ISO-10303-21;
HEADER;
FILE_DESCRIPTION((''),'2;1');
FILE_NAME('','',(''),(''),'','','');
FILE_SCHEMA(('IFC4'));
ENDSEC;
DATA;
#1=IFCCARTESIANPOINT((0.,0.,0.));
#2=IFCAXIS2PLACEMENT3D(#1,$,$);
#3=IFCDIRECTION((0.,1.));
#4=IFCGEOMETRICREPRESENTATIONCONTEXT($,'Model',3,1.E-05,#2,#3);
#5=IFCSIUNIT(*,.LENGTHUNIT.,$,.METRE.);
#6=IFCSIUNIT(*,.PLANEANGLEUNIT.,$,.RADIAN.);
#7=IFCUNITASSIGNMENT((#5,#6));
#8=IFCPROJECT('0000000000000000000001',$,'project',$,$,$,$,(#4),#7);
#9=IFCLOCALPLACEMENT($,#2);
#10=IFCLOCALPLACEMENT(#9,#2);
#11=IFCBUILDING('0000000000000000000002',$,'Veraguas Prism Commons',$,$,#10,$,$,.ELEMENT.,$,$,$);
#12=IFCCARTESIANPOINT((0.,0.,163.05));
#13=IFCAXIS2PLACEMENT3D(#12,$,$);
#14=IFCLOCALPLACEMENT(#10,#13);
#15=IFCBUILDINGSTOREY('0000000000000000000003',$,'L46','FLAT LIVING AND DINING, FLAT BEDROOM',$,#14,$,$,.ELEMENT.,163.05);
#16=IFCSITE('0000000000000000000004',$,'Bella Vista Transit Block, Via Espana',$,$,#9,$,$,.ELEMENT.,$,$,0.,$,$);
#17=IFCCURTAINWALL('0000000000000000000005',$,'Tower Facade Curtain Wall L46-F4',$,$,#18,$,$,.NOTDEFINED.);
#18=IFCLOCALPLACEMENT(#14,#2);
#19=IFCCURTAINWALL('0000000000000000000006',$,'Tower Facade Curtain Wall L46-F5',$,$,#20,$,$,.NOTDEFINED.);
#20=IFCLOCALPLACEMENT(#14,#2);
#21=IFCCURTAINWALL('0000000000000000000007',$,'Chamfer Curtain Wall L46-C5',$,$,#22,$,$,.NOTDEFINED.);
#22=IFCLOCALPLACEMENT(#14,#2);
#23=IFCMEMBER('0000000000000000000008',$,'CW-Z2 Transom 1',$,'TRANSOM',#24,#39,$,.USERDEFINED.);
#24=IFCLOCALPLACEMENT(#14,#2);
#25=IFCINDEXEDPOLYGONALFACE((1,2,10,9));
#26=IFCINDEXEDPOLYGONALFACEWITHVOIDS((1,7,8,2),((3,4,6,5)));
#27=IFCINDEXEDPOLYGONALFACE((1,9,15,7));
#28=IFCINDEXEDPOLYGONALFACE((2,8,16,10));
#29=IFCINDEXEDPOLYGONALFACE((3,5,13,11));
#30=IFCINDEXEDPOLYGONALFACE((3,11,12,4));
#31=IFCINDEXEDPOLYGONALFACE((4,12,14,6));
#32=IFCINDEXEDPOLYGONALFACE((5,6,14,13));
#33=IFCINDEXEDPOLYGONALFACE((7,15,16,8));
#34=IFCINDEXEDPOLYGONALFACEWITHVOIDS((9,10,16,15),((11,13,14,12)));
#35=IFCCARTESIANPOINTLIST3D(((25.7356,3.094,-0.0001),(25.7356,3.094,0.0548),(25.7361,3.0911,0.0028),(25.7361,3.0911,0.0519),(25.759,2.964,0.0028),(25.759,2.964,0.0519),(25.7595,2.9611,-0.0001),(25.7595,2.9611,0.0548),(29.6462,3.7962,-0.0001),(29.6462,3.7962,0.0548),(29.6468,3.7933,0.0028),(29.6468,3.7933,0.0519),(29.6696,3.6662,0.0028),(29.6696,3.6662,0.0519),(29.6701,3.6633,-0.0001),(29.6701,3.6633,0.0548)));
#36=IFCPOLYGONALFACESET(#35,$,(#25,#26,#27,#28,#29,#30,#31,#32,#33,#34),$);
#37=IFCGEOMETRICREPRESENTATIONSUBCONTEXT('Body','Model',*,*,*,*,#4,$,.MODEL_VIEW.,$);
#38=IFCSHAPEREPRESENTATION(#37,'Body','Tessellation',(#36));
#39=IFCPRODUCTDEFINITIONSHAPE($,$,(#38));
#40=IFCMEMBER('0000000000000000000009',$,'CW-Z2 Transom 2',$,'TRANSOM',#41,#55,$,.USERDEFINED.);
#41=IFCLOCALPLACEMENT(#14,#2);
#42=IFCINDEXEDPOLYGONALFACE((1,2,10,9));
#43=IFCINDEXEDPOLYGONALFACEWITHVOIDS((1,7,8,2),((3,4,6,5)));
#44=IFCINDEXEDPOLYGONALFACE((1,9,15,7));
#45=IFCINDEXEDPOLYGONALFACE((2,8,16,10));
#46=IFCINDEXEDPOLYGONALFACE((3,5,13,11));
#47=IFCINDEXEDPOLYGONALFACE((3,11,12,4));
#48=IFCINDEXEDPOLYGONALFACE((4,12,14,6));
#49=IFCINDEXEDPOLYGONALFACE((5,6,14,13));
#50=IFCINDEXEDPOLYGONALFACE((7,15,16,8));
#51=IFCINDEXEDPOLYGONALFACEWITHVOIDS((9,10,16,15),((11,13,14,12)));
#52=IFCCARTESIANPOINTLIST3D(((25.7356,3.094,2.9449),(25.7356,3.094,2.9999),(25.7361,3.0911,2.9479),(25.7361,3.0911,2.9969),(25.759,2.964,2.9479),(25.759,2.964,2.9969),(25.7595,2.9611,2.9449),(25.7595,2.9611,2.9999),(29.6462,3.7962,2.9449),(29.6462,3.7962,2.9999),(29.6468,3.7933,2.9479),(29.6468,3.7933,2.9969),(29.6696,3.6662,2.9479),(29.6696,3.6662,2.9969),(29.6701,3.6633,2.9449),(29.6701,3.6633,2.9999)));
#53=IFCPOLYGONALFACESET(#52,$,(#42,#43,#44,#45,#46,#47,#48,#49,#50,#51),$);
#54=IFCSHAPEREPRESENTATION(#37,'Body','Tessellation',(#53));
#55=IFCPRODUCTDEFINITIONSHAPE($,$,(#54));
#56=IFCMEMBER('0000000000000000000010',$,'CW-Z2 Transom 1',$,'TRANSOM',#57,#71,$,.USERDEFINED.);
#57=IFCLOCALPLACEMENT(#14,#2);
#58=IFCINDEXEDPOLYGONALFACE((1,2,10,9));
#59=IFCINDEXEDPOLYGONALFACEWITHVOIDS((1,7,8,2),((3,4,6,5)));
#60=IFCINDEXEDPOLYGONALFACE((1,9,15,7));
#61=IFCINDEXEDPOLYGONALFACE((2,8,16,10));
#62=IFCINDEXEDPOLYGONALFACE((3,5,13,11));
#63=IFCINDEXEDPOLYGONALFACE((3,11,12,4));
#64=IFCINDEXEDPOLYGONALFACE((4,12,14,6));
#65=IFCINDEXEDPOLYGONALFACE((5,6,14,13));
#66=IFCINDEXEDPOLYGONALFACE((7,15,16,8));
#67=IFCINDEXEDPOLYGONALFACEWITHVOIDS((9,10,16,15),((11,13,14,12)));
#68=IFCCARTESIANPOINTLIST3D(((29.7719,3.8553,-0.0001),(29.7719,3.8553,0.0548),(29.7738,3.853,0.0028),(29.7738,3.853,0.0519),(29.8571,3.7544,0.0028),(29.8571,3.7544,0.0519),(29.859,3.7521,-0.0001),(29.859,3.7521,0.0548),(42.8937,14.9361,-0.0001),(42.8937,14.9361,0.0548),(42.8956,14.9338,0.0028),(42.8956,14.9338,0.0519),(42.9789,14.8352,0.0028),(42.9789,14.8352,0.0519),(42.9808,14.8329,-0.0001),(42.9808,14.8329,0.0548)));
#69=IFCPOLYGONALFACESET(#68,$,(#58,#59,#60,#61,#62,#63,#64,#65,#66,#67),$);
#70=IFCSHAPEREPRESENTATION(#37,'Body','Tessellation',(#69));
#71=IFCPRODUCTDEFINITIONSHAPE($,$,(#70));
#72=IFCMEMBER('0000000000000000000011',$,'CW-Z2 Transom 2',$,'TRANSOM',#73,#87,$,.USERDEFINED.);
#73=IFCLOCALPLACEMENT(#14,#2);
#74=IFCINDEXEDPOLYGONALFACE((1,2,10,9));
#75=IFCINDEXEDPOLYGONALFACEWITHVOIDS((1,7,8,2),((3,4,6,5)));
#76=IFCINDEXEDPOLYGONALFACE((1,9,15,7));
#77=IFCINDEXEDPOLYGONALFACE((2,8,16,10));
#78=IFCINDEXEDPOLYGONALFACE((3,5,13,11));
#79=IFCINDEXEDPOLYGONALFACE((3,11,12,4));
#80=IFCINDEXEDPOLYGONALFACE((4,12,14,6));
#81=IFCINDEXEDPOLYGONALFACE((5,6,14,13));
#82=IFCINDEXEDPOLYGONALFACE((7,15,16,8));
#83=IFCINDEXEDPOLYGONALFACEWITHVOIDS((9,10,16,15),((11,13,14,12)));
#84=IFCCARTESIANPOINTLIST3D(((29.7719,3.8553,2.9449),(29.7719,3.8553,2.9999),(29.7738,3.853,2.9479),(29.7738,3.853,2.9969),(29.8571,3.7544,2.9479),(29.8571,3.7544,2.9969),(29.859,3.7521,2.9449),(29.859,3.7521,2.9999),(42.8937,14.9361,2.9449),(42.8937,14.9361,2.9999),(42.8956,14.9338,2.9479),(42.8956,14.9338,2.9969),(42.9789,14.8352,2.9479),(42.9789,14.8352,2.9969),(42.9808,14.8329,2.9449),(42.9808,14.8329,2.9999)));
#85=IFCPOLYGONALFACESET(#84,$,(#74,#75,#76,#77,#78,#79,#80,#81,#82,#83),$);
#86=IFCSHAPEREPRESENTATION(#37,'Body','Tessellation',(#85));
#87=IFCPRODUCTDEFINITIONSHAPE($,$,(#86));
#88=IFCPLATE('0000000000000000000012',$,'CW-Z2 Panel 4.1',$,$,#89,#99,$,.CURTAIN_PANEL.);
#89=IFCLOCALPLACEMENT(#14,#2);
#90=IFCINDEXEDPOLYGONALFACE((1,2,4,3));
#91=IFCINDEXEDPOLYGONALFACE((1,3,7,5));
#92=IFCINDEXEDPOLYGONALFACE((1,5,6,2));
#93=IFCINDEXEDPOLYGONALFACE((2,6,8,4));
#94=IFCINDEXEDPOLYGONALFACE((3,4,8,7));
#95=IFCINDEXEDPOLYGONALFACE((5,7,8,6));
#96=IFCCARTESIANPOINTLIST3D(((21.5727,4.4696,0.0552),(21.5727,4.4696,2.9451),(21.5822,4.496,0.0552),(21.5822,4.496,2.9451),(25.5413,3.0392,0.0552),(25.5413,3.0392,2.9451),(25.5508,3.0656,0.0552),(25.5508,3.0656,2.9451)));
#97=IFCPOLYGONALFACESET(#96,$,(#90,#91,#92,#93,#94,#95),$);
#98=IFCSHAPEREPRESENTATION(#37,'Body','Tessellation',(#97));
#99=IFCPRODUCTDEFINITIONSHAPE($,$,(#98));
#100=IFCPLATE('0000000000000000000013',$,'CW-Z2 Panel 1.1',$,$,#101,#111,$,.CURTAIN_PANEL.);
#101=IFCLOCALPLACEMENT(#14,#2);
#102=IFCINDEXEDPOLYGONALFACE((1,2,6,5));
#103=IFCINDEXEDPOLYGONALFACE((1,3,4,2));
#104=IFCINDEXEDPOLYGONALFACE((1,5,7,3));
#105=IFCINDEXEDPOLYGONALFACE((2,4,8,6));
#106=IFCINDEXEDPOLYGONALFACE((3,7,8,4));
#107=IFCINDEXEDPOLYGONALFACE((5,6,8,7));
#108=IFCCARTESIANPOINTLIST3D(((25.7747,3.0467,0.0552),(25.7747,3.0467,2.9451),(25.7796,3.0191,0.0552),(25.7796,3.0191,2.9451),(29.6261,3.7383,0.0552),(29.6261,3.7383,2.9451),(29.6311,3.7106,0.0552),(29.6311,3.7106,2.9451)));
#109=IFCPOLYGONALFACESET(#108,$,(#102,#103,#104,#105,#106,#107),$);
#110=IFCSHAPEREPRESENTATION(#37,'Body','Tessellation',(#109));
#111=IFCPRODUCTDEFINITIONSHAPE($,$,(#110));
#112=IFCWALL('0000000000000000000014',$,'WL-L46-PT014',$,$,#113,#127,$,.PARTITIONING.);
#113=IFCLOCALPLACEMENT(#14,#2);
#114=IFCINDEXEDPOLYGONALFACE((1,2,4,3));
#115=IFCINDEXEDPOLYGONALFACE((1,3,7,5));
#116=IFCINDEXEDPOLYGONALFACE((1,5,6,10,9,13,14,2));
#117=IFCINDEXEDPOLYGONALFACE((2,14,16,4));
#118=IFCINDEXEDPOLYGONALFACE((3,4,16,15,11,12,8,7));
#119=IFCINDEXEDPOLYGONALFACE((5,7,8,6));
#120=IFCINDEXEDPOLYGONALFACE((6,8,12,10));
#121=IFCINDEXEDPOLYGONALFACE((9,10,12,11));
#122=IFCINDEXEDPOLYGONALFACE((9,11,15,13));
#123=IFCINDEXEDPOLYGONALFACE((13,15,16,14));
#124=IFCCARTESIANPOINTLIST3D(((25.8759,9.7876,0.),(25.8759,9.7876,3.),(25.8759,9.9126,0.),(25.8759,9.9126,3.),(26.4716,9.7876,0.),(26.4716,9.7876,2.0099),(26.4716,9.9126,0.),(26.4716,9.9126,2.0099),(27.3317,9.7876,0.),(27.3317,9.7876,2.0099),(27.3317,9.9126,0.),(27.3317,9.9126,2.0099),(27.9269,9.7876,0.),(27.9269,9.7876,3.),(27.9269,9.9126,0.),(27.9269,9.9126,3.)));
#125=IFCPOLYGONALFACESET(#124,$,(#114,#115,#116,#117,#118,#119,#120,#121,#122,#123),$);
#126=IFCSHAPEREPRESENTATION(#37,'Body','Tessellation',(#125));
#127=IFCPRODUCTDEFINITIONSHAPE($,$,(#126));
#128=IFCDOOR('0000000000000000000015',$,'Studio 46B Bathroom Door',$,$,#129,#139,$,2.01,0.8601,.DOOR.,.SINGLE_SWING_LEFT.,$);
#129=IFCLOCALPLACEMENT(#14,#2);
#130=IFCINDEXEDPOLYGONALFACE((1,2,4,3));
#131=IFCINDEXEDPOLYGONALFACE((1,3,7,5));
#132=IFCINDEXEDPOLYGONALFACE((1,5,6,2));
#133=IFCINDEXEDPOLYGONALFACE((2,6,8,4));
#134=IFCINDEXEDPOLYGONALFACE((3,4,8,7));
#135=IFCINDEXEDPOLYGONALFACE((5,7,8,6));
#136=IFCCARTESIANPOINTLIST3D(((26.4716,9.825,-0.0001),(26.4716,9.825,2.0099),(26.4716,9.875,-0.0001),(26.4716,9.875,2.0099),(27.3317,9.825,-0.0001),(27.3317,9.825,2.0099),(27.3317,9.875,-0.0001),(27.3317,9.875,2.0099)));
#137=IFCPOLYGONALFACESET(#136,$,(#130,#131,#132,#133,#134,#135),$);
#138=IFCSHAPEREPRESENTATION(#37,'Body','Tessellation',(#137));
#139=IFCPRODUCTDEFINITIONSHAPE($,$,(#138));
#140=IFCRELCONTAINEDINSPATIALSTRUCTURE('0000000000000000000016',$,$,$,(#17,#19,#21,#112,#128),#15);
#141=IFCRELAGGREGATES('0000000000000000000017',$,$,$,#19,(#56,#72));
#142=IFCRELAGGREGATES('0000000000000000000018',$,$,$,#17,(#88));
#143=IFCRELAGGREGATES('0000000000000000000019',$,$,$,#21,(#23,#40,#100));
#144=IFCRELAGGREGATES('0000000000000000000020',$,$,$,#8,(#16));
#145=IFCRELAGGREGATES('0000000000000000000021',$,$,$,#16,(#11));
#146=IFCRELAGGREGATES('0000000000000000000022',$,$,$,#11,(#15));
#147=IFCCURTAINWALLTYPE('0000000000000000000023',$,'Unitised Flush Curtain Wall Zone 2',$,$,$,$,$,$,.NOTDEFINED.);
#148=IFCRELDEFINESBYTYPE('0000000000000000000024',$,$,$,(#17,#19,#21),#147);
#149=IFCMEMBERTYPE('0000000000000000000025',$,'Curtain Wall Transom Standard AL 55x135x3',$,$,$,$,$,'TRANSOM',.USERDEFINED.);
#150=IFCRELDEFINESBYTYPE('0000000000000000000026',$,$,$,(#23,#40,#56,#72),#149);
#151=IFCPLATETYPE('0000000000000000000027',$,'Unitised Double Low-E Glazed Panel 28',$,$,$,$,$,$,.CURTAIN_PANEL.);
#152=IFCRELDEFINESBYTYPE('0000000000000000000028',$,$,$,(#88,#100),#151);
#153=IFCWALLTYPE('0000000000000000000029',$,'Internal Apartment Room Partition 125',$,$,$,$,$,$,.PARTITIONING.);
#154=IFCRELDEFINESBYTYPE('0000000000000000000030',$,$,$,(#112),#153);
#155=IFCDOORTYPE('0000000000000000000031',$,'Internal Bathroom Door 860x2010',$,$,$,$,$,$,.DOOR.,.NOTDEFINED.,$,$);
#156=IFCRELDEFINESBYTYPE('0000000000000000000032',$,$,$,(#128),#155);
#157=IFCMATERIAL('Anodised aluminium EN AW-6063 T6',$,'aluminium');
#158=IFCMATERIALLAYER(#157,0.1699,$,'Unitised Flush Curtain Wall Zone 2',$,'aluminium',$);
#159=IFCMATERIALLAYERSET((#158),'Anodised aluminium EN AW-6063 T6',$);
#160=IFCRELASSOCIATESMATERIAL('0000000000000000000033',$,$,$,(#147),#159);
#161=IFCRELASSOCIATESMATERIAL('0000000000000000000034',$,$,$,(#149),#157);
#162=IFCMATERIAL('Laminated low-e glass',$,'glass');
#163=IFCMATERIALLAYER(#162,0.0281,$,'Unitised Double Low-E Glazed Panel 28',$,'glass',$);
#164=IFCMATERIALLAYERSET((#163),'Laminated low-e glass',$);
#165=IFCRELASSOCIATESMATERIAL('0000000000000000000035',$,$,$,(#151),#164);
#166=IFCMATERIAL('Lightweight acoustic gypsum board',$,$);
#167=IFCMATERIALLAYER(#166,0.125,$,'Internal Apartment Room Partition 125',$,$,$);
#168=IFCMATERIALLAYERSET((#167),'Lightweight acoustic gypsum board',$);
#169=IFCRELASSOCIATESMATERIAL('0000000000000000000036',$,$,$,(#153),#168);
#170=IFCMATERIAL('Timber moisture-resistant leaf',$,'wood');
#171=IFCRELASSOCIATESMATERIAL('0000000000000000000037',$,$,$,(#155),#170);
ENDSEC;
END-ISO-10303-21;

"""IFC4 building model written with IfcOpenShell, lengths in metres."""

from ifc_helpers import new_model, si_unit, direction, frame, frame_2d, origin, origin_2d, place, context, subcontext, project, spatial, rectangle, hollow_rectangle, extrude, source, transform, mapped, material, layer, layer_set, material_profile, profile_set, type_object, element, fill, aggregate, save


model = new_model("IFC4")

# Units and contexts
model_context = context("Model", 3, precision=1e-05, world=origin(), true_north=direction((0.0, 1.0)))
body_context = subcontext(model_context, "Body", "Model", "MODEL_VIEW")
ifc_project = project(units=[si_unit("LENGTHUNIT", "METRE"), si_unit("PLANEANGLEUNIT", "RADIAN")], contexts=[model_context])

# Site, building, storey
site_placement = place(None, origin())
site = spatial("IfcSite", under=ifc_project, at=site_placement, Name="Bella Vista Transit Block, Via Espana", CompositionType="ELEMENT", RefElevation=0.0)
building_placement = place(site_placement, origin())
building = spatial("IfcBuilding", under=site, at=building_placement, Name="Veraguas Prism Commons", CompositionType="ELEMENT")
storey_placement = place(building_placement, frame((0.0, 0.0, 163.05)))
storey = spatial("IfcBuildingStorey", under=building, at=storey_placement, Name="L46", Description="FLAT LIVING AND DINING, FLAT BEDROOM", CompositionType="ELEMENT", Elevation=163.05)

# Curtain wall
ifc_material_1 = material(Name="Anodised aluminium EN AW-6063 T6", Category="aluminium")
ifc_layer_1 = layer(ifc_material_1, 0.1699, Name="Unitised Flush Curtain Wall Zone 2", Category="aluminium")
ifc_layer_set_1 = layer_set([ifc_layer_1], Name="Anodised aluminium EN AW-6063 T6")
curtain_wall_type = type_object("IfcCurtainWallType", Name="Unitised Flush Curtain Wall Zone 2", PredefinedType="NOTDEFINED", material=ifc_layer_set_1)
curtain_wall_1_placement = place(storey_placement, origin())
curtain_wall_1 = element("IfcCurtainWall", 1, at=curtain_wall_1_placement, inside=storey, type_object=curtain_wall_type, Name="Tower Facade Curtain Wall L46-F4", PredefinedType="NOTDEFINED")

# Curtain wall
curtain_wall_2_placement = place(storey_placement, origin())
curtain_wall_2 = element("IfcCurtainWall", 2, at=curtain_wall_2_placement, inside=storey, type_object=curtain_wall_type, Name="Tower Facade Curtain Wall L46-F5", PredefinedType="NOTDEFINED")

# Curtain wall, members
curtain_wall_3_placement = place(storey_placement, origin())
curtain_wall_3 = element("IfcCurtainWall", 3, at=curtain_wall_3_placement, inside=storey, type_object=curtain_wall_type, Name="Chamfer Curtain Wall L46-C5", PredefinedType="NOTDEFINED")
ifc_material_profile_1 = material_profile(ifc_material_1, hollow_rectangle(XDim=0.0549, YDim=0.135, WallThickness=0.0029, at=origin_2d()), Name="AL55X135X3")
ifc_profile_set_1 = profile_set([ifc_material_profile_1], Name="Anodised aluminium EN AW-6063 T6")
member_type_1 = type_object("IfcMemberType", Name="Curtain Wall Transom Standard AL 55x135x3", ElementType="TRANSOM", PredefinedType="USERDEFINED", material=ifc_profile_set_1)
shared_shape_1 = source(origin(), body_context, "Body", "SweptSolid", [
    extrude(hollow_rectangle(XDim=0.0549, YDim=0.135, WallThickness=0.0029, at=origin_2d()), origin(), (0.0, 0.0, 1.0), 3.9731),
])
member_1_placement = place(storey_placement, frame((25.7476, 3.0276, 0.0273), z_axis=(0.984261, 0.176722, 0.0), x_axis=(0.0, 0.0, 1.0)))
member_1 = element("IfcMember", 4, at=member_1_placement, type_object=member_type_1, Name="CW-Z2 Transom 1", ObjectType="TRANSOM", PredefinedType="USERDEFINED", context=body_context, shape_type="MappedRepresentation", body=[
    mapped(shared_shape_1, transform((0.0, 0.0, 0.0), scale=1.0)),
])
member_2_placement = place(storey_placement, frame((25.7476, 3.0276, 2.9724), z_axis=(0.984261, 0.176722, 0.0), x_axis=(0.0, 0.0, 1.0)))
member_2 = element("IfcMember", 5, at=member_2_placement, type_object=member_type_1, Name="CW-Z2 Transom 2", ObjectType="TRANSOM", PredefinedType="USERDEFINED", context=body_context, shape_type="MappedRepresentation", body=[
    mapped(shared_shape_1, transform((0.0, 0.0, 0.0), scale=1.0)),
])

# Members
shared_shape_2 = source(origin(), body_context, "Body", "SweptSolid", [
    extrude(hollow_rectangle(XDim=0.0549, YDim=0.135, WallThickness=0.0029, at=origin_2d()), origin(), (0.0, 0.0, 1.0), 17.1746),
])
member_3_placement = place(storey_placement, frame((29.8154, 3.8037, 0.0273), z_axis=(0.764025, 0.645186, 0.0), x_axis=(0.0, 0.0, 1.0)))
member_3 = element("IfcMember", 6, at=member_3_placement, type_object=member_type_1, Name="CW-Z2 Transom 1", ObjectType="TRANSOM", PredefinedType="USERDEFINED", context=body_context, shape_type="MappedRepresentation", body=[
    mapped(shared_shape_2, transform((0.0, 0.0, 0.0), scale=1.0)),
])
member_4_placement = place(storey_placement, frame((29.8154, 3.8037, 2.9724), z_axis=(0.764025, 0.645186, 0.0), x_axis=(0.0, 0.0, 1.0)))
member_4 = element("IfcMember", 7, at=member_4_placement, type_object=member_type_1, Name="CW-Z2 Transom 2", ObjectType="TRANSOM", PredefinedType="USERDEFINED", context=body_context, shape_type="MappedRepresentation", body=[
    mapped(shared_shape_2, transform((0.0, 0.0, 0.0), scale=1.0)),
])
aggregate(curtain_wall_2, [member_3, member_4])

# Plates
ifc_material_2 = material(Name="Laminated low-e glass", Category="glass")
ifc_layer_2 = layer(ifc_material_2, 0.0281, Name="Unitised Double Low-E Glazed Panel 28", Category="glass")
ifc_layer_set_2 = layer_set([ifc_layer_2], Name="Laminated low-e glass")
plate_type = type_object("IfcPlateType", Name="Unitised Double Low-E Glazed Panel 28", PredefinedType="CURTAIN_PANEL", material=ifc_layer_set_2)
shared_shape_3 = source(origin(), body_context, "Body", "SweptSolid", [
    extrude(rectangle(XDim=4.2185, YDim=0.0281, at=origin_2d()), origin(), (0.0, 0.0, 1.0), 2.8899),
])
plate_1_placement = place(storey_placement, frame((23.5618, 3.7676, 0.0552), z_axis=(0.0, 0.0, 1.0), x_axis=(0.940761, -0.339071, 0.0)))
plate_1 = element("IfcPlate", 8, at=plate_1_placement, type_object=plate_type, Name="CW-Z2 Panel 4.1", PredefinedType="CURTAIN_PANEL", context=body_context, shape_type="MappedRepresentation", body=[
    mapped(shared_shape_3, transform((0.0, 0.0, 0.0), scale=1.0)),
])
aggregate(curtain_wall_1, [plate_1])
shared_shape_4 = source(origin(), body_context, "Body", "SweptSolid", [
    extrude(rectangle(XDim=3.9131, YDim=0.0281, at=origin_2d()), origin(), (0.0, 0.0, 1.0), 2.8899),
])
plate_2_placement = place(storey_placement, frame((27.7029, 3.3787, 0.0552), z_axis=(0.0, 0.0, 1.0), x_axis=(0.984258, 0.176738, 0.0)))
plate_2 = element("IfcPlate", 9, at=plate_2_placement, type_object=plate_type, Name="CW-Z2 Panel 1.1", PredefinedType="CURTAIN_PANEL", context=body_context, shape_type="MappedRepresentation", body=[
    mapped(shared_shape_4, transform((0.0, 0.0, 0.0), scale=1.0)),
])
aggregate(curtain_wall_3, [member_1, member_2, plate_2])

# Wall, opening, door
ifc_material_3 = material(Name="Lightweight acoustic gypsum board")
ifc_layer_3 = layer(ifc_material_3, 0.125, Name="Internal Apartment Room Partition 125")
ifc_layer_set_3 = layer_set([ifc_layer_3], Name="Lightweight acoustic gypsum board")
wall_type = type_object("IfcWallType", Name="Internal Apartment Room Partition 125", PredefinedType="PARTITIONING", material=ifc_layer_set_3)
wall_placement = place(storey_placement, frame((25.876, 9.8501, 0.0), z_axis=(0.0, 0.0, 1.0), x_axis=(1.0, 0.0, 0.0)))
wall = element("IfcWall", 10, at=wall_placement, inside=storey, type_object=wall_type, Name="WL-L46-PT014", PredefinedType="PARTITIONING", context=body_context, shape_type="SweptSolid", body=[
    extrude(rectangle(XDim=2.051, YDim=0.125, at=frame_2d((1.0254, 0.0))), origin(), (0.0, 0.0, 1.0), 3.0),
])
opening_placement = place(wall_placement, frame((0.5955, 0.0, 0.0)))
opening = element("IfcOpeningElement", 11, at=opening_placement, cuts=wall, PredefinedType="OPENING", context=body_context, shape_type="SweptSolid", body=[
    extrude(rectangle(XDim=0.8601, YDim=2.01, at=frame_2d((0.4302, 1.0049))), frame((0.0, 0.0725, 0.0), z_axis=(0.0, -1.0, 0.0), x_axis=(1.0, 0.0, 0.0)), (0.0, 0.0, 1.0), 0.145),
])
ifc_material_4 = material(Name="Timber moisture-resistant leaf", Category="wood")
door_type = type_object("IfcDoorType", Name="Internal Bathroom Door 860x2010", OperationType="NOTDEFINED", PredefinedType="DOOR", material=ifc_material_4)
shared_shape_5 = source(origin(), body_context, "Body", "SweptSolid", [
    extrude(rectangle(XDim=0.8601, YDim=2.01, at=frame_2d((0.4302, 1.0049))), frame((0.0, 0.0249, 0.0), z_axis=(0.0, -1.0, 0.0), x_axis=(1.0, 0.0, 0.0)), (0.0, 0.0, 1.0), 0.05),
])
door_placement = place(opening_placement, origin())
door = element("IfcDoor", 12, at=door_placement, inside=storey, type_object=door_type, Name="Studio 46B Bathroom Door", OperationType="SINGLE_SWING_LEFT", OverallHeight=2.01, OverallWidth=0.8601, PredefinedType="DOOR", context=body_context, shape_type="MappedRepresentation", body=[
    mapped(shared_shape_5, transform((0.0, 0.0, 0.0), scale=1.0)),
])
fill(opening, door)

save(model, "model.ifc")
